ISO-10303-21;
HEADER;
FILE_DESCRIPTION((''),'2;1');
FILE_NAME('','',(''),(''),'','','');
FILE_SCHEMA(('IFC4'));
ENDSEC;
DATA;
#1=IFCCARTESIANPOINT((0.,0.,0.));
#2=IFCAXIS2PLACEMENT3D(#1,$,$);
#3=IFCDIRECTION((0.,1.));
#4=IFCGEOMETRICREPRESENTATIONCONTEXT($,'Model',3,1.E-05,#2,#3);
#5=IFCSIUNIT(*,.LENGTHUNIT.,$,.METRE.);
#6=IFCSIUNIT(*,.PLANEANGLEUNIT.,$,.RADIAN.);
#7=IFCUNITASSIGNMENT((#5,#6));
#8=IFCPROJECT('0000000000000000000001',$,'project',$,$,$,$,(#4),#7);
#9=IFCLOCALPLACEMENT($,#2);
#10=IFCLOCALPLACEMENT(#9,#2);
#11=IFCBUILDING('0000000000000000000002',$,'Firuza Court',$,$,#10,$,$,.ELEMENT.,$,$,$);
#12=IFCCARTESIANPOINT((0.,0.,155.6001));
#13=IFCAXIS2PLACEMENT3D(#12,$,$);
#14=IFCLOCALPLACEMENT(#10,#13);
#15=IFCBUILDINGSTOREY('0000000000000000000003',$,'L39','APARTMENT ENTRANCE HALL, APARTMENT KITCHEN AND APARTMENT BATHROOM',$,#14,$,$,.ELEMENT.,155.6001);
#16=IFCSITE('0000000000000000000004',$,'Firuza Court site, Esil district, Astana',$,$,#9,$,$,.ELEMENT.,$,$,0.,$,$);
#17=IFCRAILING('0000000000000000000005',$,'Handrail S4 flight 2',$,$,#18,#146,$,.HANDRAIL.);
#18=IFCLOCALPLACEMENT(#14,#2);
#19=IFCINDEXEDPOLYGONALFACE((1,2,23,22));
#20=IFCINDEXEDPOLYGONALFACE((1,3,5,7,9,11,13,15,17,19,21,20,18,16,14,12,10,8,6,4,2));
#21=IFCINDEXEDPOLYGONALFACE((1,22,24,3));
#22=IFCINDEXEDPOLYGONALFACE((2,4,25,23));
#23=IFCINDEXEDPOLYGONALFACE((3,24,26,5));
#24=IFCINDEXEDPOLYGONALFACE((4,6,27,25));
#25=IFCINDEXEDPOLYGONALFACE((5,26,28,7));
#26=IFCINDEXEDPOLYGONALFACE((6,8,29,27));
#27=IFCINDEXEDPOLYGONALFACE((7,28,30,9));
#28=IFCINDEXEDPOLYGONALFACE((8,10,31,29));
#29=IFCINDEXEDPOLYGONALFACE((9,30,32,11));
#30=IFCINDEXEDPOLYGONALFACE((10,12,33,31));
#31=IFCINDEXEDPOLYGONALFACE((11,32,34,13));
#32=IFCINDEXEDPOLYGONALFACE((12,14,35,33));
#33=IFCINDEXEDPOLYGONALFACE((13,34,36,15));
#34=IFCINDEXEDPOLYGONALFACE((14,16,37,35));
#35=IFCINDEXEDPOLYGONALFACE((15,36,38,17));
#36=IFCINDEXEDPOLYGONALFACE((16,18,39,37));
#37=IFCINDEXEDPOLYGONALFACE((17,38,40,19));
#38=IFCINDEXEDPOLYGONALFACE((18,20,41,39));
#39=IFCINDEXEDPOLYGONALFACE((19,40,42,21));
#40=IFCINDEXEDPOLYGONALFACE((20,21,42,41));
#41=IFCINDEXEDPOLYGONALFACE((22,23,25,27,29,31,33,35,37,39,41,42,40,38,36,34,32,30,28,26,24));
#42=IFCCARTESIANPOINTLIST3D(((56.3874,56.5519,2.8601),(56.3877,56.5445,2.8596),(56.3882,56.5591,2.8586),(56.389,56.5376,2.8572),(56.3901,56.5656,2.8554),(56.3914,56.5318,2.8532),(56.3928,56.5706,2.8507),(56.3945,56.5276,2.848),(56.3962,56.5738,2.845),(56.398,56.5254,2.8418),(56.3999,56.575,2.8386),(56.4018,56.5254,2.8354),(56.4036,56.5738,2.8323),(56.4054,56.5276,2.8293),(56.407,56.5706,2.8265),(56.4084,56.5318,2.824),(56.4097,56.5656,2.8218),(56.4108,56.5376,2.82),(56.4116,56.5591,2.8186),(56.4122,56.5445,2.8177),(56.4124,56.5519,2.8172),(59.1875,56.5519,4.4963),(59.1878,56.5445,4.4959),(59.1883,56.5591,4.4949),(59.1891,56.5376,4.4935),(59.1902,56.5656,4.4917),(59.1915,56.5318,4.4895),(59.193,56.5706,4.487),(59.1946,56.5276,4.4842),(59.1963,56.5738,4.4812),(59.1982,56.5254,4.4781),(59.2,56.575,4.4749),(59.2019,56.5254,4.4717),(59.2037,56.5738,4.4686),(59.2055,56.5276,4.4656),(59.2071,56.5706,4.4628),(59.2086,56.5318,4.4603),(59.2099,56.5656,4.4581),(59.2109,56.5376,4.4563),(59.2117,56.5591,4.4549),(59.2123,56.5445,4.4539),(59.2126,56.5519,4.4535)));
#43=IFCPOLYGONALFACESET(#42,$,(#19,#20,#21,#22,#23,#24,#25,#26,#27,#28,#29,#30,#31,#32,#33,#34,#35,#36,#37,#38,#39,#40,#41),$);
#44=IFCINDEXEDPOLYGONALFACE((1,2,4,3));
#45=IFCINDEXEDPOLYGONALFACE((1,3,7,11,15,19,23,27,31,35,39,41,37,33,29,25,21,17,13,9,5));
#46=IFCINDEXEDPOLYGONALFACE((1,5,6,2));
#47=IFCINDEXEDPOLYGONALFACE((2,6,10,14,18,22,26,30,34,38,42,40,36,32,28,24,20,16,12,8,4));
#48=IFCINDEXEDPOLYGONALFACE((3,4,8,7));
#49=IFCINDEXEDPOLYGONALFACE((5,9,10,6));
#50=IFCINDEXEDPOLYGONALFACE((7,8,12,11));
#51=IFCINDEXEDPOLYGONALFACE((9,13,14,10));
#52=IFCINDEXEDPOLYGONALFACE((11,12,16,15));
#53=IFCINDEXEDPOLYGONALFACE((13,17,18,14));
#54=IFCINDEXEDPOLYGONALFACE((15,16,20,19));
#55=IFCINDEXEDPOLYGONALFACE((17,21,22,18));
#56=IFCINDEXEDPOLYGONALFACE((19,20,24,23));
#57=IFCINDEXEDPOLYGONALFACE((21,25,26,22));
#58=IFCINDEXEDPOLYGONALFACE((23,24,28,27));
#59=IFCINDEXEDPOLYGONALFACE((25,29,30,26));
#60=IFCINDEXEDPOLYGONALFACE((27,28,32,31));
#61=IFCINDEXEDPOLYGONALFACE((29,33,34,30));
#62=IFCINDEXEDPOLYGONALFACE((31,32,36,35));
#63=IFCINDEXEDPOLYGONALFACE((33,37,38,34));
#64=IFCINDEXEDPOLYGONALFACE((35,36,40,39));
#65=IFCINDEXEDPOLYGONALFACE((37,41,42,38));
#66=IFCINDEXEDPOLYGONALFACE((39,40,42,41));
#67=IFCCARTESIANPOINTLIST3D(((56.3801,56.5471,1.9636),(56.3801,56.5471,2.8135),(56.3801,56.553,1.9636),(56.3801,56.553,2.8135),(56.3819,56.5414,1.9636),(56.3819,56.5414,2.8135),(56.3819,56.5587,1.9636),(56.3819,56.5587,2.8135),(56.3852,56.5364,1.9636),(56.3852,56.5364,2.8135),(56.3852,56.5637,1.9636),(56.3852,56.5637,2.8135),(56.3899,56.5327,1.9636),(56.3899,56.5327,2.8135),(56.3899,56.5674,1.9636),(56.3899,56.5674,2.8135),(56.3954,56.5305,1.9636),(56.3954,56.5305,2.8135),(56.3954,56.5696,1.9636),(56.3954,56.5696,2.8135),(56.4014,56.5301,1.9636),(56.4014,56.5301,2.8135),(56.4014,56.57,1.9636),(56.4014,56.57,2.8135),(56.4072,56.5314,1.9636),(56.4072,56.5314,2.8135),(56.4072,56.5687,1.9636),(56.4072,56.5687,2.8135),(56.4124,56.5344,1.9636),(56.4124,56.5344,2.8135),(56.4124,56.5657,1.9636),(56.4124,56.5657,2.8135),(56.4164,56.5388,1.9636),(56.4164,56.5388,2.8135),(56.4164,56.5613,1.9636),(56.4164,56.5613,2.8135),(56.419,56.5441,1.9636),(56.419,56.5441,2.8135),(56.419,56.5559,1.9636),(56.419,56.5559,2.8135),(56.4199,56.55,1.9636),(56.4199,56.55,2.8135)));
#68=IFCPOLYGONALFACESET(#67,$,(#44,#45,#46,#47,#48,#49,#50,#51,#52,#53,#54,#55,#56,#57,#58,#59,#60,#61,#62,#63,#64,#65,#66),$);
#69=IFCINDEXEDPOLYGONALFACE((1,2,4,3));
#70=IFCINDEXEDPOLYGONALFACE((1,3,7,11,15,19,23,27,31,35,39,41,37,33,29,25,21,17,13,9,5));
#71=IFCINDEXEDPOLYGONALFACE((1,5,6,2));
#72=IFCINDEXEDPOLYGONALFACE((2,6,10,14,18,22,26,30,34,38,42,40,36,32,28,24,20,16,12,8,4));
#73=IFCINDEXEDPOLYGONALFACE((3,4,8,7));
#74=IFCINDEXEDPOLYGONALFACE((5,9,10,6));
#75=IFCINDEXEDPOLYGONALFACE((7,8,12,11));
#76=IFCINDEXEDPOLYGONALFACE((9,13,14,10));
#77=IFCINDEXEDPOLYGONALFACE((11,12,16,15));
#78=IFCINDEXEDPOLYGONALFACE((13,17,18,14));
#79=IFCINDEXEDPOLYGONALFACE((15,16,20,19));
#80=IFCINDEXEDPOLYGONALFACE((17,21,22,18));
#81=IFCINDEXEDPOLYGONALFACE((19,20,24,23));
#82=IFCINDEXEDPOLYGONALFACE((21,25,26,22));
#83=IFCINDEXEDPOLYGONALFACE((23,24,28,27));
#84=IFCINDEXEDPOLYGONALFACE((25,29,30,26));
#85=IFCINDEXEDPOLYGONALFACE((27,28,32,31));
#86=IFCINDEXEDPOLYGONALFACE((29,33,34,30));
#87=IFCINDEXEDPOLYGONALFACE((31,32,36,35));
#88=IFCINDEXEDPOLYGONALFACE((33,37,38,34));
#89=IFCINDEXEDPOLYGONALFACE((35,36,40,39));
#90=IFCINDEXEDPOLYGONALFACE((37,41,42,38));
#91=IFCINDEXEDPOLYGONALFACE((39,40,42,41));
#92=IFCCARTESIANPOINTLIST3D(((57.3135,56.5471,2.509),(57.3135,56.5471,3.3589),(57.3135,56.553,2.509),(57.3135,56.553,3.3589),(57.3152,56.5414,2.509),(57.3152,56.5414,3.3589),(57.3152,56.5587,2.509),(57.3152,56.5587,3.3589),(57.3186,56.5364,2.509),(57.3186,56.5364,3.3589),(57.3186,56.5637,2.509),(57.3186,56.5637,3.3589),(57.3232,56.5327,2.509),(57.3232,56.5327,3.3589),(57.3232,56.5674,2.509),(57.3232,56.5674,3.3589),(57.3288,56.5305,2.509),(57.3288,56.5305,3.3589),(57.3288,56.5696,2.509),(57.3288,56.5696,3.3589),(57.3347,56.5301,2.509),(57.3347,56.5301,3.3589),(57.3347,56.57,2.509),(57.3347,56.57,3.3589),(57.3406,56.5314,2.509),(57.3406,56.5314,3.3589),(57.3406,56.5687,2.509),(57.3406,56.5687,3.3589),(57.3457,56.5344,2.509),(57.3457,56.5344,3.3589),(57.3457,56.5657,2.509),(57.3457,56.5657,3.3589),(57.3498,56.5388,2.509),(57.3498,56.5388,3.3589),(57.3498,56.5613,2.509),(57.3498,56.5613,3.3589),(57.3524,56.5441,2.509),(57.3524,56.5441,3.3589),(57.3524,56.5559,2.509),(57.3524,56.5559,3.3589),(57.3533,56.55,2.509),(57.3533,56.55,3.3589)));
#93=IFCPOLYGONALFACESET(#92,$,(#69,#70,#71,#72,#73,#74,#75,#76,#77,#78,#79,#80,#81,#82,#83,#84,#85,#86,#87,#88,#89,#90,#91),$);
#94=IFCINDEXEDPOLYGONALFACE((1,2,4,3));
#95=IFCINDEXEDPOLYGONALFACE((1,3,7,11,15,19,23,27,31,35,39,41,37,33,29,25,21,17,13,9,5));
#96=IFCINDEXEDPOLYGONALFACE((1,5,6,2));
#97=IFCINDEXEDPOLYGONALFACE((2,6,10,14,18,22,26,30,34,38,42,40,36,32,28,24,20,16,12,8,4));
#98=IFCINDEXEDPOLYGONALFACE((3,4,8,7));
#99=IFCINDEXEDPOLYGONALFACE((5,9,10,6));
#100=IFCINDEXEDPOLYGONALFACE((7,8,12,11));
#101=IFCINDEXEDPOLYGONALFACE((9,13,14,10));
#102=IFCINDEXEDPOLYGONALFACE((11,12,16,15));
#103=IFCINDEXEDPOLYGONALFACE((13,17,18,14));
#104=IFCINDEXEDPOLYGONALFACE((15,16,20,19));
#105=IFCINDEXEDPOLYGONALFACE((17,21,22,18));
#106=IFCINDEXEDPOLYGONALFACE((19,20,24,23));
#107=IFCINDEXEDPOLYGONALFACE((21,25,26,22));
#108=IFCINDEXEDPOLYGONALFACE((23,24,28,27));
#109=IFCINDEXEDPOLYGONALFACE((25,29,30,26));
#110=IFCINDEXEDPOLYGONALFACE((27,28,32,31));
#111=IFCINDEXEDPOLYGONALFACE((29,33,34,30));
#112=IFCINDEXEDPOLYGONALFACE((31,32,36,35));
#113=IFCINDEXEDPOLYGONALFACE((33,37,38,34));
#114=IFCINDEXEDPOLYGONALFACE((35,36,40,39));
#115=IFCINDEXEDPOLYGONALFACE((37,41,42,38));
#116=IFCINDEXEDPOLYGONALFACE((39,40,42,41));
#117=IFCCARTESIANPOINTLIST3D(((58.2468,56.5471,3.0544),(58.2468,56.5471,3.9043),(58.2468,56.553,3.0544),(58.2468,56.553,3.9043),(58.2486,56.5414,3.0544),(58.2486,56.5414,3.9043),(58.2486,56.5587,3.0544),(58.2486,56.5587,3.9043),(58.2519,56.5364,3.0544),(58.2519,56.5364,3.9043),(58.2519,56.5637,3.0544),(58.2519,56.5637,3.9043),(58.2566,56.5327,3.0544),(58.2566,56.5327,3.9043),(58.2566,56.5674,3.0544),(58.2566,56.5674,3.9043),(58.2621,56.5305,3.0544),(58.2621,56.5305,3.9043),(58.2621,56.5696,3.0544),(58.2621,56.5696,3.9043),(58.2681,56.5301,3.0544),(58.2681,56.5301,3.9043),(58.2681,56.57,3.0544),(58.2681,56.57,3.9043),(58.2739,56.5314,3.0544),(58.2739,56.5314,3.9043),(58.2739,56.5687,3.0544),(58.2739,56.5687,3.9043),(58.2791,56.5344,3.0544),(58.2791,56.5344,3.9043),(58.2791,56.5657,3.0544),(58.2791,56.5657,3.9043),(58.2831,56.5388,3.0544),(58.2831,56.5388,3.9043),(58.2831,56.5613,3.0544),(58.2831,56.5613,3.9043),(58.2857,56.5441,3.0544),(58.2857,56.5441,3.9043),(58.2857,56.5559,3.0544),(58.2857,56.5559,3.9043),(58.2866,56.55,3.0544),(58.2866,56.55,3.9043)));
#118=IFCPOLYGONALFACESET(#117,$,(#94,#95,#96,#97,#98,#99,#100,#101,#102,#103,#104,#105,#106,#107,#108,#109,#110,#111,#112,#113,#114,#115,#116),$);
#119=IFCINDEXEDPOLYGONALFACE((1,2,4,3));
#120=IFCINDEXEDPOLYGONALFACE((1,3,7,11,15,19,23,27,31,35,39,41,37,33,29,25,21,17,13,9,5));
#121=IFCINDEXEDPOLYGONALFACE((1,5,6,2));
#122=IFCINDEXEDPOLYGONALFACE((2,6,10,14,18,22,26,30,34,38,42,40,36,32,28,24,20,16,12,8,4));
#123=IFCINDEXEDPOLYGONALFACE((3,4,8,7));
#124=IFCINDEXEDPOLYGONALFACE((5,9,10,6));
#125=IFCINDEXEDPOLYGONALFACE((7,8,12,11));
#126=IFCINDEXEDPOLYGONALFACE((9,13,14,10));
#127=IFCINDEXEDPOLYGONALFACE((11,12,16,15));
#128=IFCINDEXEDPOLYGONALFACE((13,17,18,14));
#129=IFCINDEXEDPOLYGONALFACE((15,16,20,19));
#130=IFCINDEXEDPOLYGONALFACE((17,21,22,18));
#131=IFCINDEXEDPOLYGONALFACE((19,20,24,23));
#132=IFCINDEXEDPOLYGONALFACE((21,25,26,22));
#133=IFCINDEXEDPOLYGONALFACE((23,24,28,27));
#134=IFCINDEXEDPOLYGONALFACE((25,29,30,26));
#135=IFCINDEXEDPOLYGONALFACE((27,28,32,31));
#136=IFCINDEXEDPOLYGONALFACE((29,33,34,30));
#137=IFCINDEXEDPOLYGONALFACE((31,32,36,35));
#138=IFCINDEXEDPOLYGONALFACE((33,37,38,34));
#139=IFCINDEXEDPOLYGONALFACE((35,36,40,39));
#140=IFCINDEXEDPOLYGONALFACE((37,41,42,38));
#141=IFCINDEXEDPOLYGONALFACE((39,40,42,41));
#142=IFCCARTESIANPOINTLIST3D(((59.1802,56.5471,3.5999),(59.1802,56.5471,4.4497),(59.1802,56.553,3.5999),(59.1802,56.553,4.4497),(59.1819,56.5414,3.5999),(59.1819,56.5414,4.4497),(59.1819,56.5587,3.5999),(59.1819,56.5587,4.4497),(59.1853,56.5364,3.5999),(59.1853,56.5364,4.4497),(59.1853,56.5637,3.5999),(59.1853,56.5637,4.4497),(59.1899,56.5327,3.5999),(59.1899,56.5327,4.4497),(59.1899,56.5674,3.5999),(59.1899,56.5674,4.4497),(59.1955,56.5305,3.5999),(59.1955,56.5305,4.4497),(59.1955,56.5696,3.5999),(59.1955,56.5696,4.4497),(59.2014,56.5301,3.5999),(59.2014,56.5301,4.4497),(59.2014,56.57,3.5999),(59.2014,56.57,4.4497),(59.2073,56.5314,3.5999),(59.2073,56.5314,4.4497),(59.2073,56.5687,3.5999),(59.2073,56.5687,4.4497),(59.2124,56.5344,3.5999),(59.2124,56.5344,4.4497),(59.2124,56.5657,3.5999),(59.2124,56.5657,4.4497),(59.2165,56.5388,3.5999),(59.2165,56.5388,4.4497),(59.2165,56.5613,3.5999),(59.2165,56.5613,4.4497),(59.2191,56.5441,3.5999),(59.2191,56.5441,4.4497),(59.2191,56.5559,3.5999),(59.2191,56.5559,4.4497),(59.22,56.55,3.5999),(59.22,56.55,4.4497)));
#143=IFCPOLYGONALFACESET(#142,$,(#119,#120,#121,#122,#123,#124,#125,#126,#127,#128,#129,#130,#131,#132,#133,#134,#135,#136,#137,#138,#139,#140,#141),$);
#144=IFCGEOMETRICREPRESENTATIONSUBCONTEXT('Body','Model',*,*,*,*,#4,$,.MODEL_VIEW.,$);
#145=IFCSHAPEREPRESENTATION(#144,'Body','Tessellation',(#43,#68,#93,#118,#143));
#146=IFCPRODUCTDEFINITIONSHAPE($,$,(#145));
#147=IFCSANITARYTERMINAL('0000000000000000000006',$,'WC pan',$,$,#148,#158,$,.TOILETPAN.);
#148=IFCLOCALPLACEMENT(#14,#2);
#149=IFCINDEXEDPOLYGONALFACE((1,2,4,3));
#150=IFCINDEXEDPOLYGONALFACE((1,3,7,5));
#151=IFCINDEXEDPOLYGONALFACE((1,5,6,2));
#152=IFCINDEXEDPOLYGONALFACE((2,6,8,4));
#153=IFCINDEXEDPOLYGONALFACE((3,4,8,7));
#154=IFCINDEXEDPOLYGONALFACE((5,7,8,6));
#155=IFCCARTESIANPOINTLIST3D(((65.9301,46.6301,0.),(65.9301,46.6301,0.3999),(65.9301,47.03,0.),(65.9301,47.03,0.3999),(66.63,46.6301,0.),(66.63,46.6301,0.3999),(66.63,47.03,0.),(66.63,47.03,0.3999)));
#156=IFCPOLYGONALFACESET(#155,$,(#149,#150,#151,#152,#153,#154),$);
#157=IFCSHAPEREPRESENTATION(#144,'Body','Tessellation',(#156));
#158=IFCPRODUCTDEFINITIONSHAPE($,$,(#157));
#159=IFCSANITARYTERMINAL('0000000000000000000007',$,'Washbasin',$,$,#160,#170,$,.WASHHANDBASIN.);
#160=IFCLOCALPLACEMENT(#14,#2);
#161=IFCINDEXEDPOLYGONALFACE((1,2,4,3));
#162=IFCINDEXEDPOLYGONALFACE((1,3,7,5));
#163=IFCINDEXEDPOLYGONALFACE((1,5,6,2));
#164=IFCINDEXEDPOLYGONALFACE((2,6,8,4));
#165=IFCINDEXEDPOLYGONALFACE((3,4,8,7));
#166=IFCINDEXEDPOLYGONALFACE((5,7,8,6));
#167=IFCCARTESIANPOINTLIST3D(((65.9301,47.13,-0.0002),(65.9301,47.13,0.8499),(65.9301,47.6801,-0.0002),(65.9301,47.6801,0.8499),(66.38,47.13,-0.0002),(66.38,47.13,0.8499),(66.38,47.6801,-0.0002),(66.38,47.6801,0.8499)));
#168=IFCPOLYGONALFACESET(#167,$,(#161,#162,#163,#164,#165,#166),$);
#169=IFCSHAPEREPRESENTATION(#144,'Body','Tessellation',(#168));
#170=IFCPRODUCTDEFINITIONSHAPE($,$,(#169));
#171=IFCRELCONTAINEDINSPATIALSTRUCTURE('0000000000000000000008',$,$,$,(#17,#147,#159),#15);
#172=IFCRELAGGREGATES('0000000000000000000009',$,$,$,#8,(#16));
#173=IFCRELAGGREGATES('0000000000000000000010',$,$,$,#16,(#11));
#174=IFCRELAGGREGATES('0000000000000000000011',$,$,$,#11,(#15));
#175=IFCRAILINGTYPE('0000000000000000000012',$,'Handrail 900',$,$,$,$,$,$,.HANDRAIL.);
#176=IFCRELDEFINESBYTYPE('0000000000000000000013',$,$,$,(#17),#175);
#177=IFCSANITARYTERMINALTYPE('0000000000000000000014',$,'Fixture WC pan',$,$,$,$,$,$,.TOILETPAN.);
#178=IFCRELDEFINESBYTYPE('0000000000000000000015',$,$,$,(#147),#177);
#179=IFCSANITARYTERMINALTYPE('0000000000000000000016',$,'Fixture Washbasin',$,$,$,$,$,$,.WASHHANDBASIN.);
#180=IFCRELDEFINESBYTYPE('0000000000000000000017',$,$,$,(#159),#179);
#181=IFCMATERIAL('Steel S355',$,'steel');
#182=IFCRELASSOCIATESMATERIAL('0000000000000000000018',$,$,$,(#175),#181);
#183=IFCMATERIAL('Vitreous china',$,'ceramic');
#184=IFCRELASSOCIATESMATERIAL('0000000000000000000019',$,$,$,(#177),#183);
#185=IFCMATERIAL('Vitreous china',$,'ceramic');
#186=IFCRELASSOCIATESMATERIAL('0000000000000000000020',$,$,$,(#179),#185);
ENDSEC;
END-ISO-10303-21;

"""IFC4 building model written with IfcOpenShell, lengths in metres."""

from ifc_helpers import new_model, si_unit, direction, frame, origin, origin_2d, place, context, subcontext, project, spatial, rectangle, circle, extrude, material, type_object, element, save


model = new_model("IFC4")

# Units and contexts
model_context = context("Model", 3, precision=1e-05, world=origin(), true_north=direction((0.0, 1.0)))
body_context = subcontext(model_context, "Body", "Model", "MODEL_VIEW")
ifc_project = project(units=[si_unit("LENGTHUNIT", "METRE"), si_unit("PLANEANGLEUNIT", "RADIAN")], contexts=[model_context])

# Site, building, storey
site_placement = place(None, origin())
site = spatial("IfcSite", under=ifc_project, at=site_placement, Name="Firuza Court site, Esil district, Astana", CompositionType="ELEMENT", RefElevation=0.0)
building_placement = place(site_placement, origin())
building = spatial("IfcBuilding", under=site, at=building_placement, Name="Firuza Court", CompositionType="ELEMENT")
storey_placement = place(building_placement, frame((0.0, 0.0, 155.6001)))
storey = spatial("IfcBuildingStorey", under=building, at=storey_placement, Name="L39", Description="APARTMENT ENTRANCE HALL, APARTMENT KITCHEN AND APARTMENT BATHROOM", CompositionType="ELEMENT", Elevation=155.6001)

# Railing
ifc_material_1 = material(Name="Steel S355", Category="steel")
railing_type_1 = type_object("IfcRailingType", Name="Handrail 900", PredefinedType="HANDRAIL", material=ifc_material_1)
railing_1_placement = place(storey_placement, frame((56.3999, 56.55, 1.9636)))
element("IfcRailing", 1, at=railing_1_placement, inside=storey, type_object=railing_type_1, Name="Handrail S4 flight 2", PredefinedType="HANDRAIL", context=body_context, shape_type="SweptSolid", body=[
    extrude(circle(Radius=0.0249, at=origin_2d()), frame((0.0, 0.0, 0.875), z_axis=(0.863394, 0.0, 0.504531), x_axis=(0.0, 1.0, 0.0)), (0.0, 0.0, 1.0), 3.2432),
    extrude(circle(Radius=0.02, at=origin_2d()), origin(), (0.0, 0.0, 1.0), 0.8499),
    extrude(circle(Radius=0.02, at=origin_2d()), frame((0.9333, 0.0, 0.5454)), (0.0, 0.0, 1.0), 0.8499),
    extrude(circle(Radius=0.02, at=origin_2d()), frame((1.8667, 0.0, 1.0908)), (0.0, 0.0, 1.0), 0.8499),
    extrude(circle(Radius=0.02, at=origin_2d()), frame((2.8, 0.0, 1.6362)), (0.0, 0.0, 1.0), 0.8499),
])

# Sanitary terminals
ifc_material_2 = material(Name="Vitreous china", Category="ceramic")
sanitary_terminal_type_1 = type_object("IfcSanitaryTerminalType", Name="Fixture WC pan", PredefinedType="TOILETPAN", material=ifc_material_2)
sanitary_terminal_1_placement = place(storey_placement, frame((66.28, 46.8301, 0.0), z_axis=(0.0, 0.0, 1.0), x_axis=(1.0, 0.0, 0.0)))
element("IfcSanitaryTerminal", 2, at=sanitary_terminal_1_placement, inside=storey, type_object=sanitary_terminal_type_1, Name="WC pan", PredefinedType="TOILETPAN", context=body_context, shape_type="SweptSolid", body=[
    extrude(rectangle(XDim=0.7, YDim=0.3999, at=origin_2d()), origin(), (0.0, 0.0, 1.0), 0.3999),
])
ifc_material_3 = material(Name="Vitreous china", Category="ceramic")
sanitary_terminal_type_2 = type_object("IfcSanitaryTerminalType", Name="Fixture Washbasin", PredefinedType="WASHHANDBASIN", material=ifc_material_3)
sanitary_terminal_2_placement = place(storey_placement, frame((66.155, 47.405, -0.0002), z_axis=(0.0, 0.0, 1.0), x_axis=(1.0, 0.0, 0.0)))
element("IfcSanitaryTerminal", 3, at=sanitary_terminal_2_placement, inside=storey, type_object=sanitary_terminal_type_2, Name="Washbasin", PredefinedType="WASHHANDBASIN", context=body_context, shape_type="SweptSolid", body=[
    extrude(rectangle(XDim=0.45, YDim=0.55, at=origin_2d()), origin(), (0.0, 0.0, 1.0), 0.8501),
])

save(model, "model.ifc")
